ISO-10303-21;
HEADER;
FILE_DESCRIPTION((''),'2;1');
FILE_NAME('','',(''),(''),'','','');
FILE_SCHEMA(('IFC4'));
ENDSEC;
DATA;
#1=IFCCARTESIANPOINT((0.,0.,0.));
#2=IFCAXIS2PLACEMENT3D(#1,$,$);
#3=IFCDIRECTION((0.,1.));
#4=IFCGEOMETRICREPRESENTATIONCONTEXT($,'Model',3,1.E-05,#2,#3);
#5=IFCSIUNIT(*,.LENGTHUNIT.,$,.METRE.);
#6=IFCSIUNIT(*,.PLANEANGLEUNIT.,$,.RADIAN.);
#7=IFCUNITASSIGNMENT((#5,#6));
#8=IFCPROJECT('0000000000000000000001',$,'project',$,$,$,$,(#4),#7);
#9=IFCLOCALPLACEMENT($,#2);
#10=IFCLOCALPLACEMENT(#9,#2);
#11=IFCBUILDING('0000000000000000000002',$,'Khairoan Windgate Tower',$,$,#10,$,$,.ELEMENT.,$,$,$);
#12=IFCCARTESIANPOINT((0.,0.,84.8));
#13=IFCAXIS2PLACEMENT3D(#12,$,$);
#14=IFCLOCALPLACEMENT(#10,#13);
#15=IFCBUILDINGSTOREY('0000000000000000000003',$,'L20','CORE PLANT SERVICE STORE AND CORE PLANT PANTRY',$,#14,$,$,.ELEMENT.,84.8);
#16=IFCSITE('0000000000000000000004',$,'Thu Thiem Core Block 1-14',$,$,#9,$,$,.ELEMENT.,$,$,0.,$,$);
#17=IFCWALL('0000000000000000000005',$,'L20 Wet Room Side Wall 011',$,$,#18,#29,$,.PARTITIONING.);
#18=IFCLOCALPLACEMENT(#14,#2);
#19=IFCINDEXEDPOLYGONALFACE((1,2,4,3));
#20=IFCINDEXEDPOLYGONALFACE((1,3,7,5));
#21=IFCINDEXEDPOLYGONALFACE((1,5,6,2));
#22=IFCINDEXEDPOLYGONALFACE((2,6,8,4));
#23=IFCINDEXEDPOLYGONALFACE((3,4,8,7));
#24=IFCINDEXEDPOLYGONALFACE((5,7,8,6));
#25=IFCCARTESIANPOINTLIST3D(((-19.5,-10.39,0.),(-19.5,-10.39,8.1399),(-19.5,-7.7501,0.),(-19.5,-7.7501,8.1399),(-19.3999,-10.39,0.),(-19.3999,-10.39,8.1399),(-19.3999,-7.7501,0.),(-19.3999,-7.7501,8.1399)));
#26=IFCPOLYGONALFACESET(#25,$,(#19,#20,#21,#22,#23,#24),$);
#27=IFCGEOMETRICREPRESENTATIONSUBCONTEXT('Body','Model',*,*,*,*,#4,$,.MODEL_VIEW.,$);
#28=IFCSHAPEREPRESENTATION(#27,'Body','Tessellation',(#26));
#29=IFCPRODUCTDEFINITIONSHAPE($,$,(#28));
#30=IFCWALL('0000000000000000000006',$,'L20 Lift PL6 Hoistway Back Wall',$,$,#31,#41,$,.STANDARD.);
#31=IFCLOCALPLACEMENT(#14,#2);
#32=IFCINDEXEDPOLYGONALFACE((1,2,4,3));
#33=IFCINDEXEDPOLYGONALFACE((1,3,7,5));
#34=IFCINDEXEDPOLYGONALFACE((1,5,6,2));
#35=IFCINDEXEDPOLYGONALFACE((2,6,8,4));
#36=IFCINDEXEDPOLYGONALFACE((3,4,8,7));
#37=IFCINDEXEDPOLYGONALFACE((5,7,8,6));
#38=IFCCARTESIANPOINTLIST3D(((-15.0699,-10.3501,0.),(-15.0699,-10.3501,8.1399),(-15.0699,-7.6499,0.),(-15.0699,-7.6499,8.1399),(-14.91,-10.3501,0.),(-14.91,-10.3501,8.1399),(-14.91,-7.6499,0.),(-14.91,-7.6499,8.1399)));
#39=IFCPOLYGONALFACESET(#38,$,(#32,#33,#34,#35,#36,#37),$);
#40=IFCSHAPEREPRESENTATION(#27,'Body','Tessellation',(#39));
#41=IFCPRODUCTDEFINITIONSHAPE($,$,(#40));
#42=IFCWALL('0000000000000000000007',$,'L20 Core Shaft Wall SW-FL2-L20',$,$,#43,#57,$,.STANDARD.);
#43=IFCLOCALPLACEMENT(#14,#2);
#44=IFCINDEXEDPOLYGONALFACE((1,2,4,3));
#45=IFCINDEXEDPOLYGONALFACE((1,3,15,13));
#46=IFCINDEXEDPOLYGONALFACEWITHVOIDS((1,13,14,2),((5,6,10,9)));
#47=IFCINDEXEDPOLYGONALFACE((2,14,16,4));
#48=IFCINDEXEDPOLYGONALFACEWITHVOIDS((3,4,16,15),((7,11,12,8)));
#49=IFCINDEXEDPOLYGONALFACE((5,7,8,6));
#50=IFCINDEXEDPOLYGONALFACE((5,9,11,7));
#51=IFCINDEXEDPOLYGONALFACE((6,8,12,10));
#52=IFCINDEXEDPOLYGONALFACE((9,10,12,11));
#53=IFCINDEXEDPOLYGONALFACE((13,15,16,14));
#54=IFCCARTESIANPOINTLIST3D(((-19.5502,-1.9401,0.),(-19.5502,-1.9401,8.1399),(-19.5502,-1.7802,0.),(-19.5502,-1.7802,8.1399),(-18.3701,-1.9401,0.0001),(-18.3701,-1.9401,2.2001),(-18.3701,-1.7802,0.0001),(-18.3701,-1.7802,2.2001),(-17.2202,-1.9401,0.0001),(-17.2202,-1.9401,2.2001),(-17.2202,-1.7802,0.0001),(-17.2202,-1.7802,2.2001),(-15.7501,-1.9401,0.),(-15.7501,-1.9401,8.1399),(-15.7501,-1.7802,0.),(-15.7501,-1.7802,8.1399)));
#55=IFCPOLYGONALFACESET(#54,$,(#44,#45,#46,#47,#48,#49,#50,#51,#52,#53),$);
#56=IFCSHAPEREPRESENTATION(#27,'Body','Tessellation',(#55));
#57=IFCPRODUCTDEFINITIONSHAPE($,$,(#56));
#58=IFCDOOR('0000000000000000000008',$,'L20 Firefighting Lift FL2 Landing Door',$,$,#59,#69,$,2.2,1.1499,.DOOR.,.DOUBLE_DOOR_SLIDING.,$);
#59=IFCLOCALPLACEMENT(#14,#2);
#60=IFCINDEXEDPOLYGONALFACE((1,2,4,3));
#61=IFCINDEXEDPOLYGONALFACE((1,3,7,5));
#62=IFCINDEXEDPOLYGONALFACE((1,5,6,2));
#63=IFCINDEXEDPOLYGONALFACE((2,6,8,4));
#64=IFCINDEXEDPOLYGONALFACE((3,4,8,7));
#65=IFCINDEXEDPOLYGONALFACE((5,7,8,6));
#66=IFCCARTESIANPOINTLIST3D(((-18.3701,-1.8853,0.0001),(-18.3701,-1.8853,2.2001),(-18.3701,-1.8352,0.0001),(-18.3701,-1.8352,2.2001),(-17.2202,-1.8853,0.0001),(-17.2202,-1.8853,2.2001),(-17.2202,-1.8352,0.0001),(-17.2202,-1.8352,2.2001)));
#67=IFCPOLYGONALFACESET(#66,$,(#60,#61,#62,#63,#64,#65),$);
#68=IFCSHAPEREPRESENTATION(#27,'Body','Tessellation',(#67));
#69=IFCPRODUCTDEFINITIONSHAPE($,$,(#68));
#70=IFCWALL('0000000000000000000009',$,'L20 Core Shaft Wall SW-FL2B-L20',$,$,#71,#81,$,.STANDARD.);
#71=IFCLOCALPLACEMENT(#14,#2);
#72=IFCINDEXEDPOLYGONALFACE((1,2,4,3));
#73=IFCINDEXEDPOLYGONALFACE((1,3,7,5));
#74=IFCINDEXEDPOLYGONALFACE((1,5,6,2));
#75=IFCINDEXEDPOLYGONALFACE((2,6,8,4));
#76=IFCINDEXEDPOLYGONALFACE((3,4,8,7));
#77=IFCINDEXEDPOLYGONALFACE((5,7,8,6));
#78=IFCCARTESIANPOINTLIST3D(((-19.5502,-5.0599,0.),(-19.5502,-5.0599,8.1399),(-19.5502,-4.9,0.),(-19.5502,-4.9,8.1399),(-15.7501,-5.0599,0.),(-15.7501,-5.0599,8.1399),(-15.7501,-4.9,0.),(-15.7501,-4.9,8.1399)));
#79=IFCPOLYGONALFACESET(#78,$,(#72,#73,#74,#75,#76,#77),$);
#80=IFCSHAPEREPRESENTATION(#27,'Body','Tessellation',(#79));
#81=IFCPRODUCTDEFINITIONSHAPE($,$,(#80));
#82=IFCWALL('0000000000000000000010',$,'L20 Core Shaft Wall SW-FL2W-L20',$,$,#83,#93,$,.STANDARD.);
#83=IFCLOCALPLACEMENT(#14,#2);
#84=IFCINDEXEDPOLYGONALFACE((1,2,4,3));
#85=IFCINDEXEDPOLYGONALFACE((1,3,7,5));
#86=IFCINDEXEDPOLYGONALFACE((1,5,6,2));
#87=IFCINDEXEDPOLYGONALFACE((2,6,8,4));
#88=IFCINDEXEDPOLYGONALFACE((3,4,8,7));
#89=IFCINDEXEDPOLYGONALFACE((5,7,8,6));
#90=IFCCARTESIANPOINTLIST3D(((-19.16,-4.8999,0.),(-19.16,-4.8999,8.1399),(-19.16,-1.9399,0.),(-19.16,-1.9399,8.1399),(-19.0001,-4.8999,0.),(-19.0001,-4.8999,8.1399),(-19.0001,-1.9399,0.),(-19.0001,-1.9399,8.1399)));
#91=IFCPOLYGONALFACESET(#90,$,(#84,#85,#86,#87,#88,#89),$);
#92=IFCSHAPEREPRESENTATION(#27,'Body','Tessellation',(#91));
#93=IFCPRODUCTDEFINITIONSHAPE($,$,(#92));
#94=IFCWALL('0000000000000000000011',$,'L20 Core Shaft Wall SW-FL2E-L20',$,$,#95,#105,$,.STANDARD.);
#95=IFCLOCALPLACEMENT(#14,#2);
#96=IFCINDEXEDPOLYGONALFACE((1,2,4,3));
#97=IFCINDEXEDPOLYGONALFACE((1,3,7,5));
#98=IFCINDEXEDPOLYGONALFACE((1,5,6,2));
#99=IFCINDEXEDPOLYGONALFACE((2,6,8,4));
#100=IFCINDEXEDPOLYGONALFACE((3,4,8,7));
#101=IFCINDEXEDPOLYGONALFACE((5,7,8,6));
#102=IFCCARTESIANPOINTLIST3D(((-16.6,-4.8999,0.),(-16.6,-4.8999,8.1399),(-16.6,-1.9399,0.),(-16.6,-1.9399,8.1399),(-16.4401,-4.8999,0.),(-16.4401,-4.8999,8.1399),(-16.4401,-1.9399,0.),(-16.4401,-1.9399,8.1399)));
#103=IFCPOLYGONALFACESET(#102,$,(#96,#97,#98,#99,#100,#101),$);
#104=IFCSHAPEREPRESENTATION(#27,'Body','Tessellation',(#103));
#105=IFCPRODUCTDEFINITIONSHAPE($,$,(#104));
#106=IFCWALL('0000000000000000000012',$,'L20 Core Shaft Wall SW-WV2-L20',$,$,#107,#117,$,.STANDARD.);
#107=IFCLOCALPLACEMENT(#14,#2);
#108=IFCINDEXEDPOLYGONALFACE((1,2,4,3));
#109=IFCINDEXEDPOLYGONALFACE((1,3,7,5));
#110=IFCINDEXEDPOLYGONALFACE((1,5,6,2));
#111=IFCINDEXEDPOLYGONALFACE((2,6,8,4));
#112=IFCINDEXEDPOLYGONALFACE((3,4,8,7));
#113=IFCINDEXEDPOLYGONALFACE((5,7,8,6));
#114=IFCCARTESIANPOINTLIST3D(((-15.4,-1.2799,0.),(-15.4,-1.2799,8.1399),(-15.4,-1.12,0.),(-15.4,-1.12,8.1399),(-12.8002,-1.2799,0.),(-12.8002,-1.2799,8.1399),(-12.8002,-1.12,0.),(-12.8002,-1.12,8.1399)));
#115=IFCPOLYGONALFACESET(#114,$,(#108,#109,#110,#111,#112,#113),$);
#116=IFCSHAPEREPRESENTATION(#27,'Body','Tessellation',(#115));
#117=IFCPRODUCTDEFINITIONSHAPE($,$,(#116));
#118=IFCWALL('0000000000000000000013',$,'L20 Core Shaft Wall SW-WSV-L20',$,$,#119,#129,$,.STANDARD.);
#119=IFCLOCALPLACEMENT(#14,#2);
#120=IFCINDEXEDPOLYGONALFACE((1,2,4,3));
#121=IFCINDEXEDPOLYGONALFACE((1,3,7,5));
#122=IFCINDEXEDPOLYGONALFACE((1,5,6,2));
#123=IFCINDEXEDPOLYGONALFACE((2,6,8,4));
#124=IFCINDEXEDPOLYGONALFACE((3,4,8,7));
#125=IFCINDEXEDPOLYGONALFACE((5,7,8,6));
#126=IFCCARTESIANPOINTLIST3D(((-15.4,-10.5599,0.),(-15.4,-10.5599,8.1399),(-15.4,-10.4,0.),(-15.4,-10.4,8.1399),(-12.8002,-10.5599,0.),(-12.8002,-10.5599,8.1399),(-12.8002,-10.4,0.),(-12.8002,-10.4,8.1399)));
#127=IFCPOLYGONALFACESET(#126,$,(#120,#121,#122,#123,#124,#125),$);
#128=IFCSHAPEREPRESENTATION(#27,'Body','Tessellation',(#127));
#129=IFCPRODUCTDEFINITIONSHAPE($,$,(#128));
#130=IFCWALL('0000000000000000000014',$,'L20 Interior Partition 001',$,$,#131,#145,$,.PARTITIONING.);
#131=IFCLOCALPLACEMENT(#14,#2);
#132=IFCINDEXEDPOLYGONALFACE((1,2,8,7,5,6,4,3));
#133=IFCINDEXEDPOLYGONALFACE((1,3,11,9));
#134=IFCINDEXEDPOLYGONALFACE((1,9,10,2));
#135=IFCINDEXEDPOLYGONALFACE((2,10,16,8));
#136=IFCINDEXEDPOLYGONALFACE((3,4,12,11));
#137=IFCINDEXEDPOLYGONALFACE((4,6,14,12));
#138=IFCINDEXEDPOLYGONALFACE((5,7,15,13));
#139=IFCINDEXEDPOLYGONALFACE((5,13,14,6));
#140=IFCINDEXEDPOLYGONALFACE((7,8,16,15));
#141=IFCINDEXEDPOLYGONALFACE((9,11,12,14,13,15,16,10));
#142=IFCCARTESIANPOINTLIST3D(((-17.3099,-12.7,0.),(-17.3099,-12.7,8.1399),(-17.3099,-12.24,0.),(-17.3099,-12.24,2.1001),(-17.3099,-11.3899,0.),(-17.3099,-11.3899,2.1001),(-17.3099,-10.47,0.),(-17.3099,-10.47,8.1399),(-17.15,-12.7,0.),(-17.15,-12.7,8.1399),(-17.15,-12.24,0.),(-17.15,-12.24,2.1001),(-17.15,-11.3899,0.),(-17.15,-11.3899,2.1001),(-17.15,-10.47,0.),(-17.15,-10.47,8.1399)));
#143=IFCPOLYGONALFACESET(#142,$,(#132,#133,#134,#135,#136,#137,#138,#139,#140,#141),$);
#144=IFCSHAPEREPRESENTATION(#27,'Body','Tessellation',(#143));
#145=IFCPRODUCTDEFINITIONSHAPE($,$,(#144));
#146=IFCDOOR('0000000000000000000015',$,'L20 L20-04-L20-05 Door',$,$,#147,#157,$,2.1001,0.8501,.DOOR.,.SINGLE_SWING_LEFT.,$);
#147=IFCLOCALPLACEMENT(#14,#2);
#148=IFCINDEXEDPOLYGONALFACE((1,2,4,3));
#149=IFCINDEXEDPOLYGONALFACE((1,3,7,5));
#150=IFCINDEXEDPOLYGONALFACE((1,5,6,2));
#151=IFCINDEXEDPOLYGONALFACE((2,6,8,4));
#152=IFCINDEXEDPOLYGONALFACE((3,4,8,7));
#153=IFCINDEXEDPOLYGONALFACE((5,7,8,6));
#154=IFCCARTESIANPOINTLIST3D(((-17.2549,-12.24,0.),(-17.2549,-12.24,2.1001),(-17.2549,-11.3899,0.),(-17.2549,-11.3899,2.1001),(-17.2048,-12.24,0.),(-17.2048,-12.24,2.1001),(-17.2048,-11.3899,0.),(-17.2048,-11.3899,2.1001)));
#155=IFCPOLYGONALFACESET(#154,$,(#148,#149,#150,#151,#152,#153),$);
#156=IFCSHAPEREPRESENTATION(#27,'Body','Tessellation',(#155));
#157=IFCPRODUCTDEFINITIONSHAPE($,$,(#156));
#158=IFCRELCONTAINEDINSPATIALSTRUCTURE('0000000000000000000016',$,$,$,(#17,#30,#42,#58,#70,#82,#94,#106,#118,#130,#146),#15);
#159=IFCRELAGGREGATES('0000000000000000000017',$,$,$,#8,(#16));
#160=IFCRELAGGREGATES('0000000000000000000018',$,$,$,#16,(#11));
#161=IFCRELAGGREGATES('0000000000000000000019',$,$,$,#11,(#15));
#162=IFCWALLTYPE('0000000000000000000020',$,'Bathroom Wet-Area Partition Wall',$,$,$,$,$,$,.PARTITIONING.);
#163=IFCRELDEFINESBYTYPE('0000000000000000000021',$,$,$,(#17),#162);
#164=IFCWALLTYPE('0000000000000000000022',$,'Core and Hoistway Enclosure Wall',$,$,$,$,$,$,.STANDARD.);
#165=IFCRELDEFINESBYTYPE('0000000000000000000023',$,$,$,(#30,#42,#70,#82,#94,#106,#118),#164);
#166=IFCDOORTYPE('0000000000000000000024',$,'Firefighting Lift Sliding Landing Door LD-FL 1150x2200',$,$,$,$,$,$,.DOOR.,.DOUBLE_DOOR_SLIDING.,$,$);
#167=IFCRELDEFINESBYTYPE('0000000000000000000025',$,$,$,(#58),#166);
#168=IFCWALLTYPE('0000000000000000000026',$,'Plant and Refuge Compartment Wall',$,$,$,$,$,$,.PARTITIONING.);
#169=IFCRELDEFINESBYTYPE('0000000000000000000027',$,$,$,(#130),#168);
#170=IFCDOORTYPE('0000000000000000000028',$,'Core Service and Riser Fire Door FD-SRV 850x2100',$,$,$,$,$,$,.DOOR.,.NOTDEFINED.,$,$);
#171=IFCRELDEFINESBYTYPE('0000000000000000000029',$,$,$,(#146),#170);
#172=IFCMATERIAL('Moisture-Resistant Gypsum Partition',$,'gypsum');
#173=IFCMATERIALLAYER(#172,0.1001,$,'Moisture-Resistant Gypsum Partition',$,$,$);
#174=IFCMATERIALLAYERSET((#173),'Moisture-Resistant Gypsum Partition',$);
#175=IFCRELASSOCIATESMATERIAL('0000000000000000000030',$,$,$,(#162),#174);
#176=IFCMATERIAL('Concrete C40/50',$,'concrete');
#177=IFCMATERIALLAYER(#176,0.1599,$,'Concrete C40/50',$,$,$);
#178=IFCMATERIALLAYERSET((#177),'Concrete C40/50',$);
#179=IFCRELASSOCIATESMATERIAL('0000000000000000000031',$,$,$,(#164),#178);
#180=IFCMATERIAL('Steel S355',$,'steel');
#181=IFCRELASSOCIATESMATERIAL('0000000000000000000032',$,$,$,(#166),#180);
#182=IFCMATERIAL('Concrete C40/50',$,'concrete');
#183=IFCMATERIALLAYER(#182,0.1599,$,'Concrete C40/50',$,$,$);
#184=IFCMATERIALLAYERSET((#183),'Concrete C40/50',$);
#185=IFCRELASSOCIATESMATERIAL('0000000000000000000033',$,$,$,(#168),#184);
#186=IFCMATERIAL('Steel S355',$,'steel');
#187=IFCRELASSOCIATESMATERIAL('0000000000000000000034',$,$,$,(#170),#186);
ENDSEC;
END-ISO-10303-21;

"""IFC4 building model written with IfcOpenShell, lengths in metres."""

from ifc_helpers import new_model, si_unit, direction, frame, frame_2d, origin, place, context, subcontext, project, spatial, rectangle, extrude, material, layer, layer_set, type_object, element, fill, save


model = new_model("IFC4")

# Units and contexts
model_context = context("Model", 3, precision=1e-05, world=origin(), true_north=direction((0.0, 1.0)))
body_context = subcontext(model_context, "Body", "Model", "MODEL_VIEW")
ifc_project = project(units=[si_unit("LENGTHUNIT", "METRE"), si_unit("PLANEANGLEUNIT", "RADIAN")], contexts=[model_context])

# Site, building, storey
site_placement = place(None, origin())
site = spatial("IfcSite", under=ifc_project, at=site_placement, Name="Thu Thiem Core Block 1-14", CompositionType="ELEMENT", RefElevation=0.0)
building_placement = place(site_placement, origin())
building = spatial("IfcBuilding", under=site, at=building_placement, Name="Khairoan Windgate Tower", CompositionType="ELEMENT")
storey_placement = place(building_placement, frame((0.0, 0.0, 84.8)))
storey = spatial("IfcBuildingStorey", under=building, at=storey_placement, Name="L20", Description="CORE PLANT SERVICE STORE AND CORE PLANT PANTRY", CompositionType="ELEMENT", Elevation=84.8)

# Walls
ifc_material_1 = material(Name="Moisture-Resistant Gypsum Partition", Category="gypsum")
ifc_layer_1 = layer(ifc_material_1, 0.1001, Name="Moisture-Resistant Gypsum Partition")
ifc_layer_set_1 = layer_set([ifc_layer_1], Name="Moisture-Resistant Gypsum Partition")
wall_type_1 = type_object("IfcWallType", Name="Bathroom Wet-Area Partition Wall", PredefinedType="PARTITIONING", material=ifc_layer_set_1)
wall_1_placement = place(storey_placement, frame((-19.45, -10.3899, 0.0), z_axis=(0.0, 0.0, 1.0), x_axis=(0.0, 1.0, 0.0)))
element("IfcWall", 1, at=wall_1_placement, inside=storey, type_object=wall_type_1, Name="L20 Wet Room Side Wall 011", PredefinedType="PARTITIONING", context=body_context, shape_type="SweptSolid", body=[
    extrude(rectangle(XDim=2.6399, YDim=0.1001, at=frame_2d((1.3198, 0.0))), origin(), (0.0, 0.0, 1.0), 8.1399),
])
ifc_material_2 = material(Name="Concrete C40/50", Category="concrete")
ifc_layer_2 = layer(ifc_material_2, 0.1599, Name="Concrete C40/50")
ifc_layer_set_2 = layer_set([ifc_layer_2], Name="Concrete C40/50")
wall_type_2 = type_object("IfcWallType", Name="Core and Hoistway Enclosure Wall", PredefinedType="STANDARD", material=ifc_layer_set_2)
wall_2_placement = place(storey_placement, frame((-14.99, -10.3501, 0.0), z_axis=(0.0, 0.0, 1.0), x_axis=(0.0, 1.0, 0.0)))
element("IfcWall", 2, at=wall_2_placement, inside=storey, type_object=wall_type_2, Name="L20 Lift PL6 Hoistway Back Wall", PredefinedType="STANDARD", context=body_context, shape_type="SweptSolid", body=[
    extrude(rectangle(XDim=2.7002, YDim=0.1599, at=frame_2d((1.3501, 0.0))), origin(), (0.0, 0.0, 1.0), 8.1399),
])

# Wall, opening, door
wall_3_placement = place(storey_placement, frame((-19.55, -1.8601, 0.0), z_axis=(0.0, 0.0, 1.0), x_axis=(1.0, 0.0, 0.0)))
wall_3 = element("IfcWall", 3, at=wall_3_placement, inside=storey, type_object=wall_type_2, Name="L20 Core Shaft Wall SW-FL2-L20", PredefinedType="STANDARD", context=body_context, shape_type="SweptSolid", body=[
    extrude(rectangle(XDim=3.8, YDim=0.1599, at=frame_2d((1.8999, 0.0))), origin(), (0.0, 0.0, 1.0), 8.1399),
])
opening_1_placement = place(wall_3_placement, frame((1.1799, 0.0, 0.0)))
opening_1 = element("IfcOpeningElement", 4, at=opening_1_placement, cuts=wall_3, PredefinedType="OPENING", context=body_context, shape_type="SweptSolid", body=[
    extrude(rectangle(XDim=1.1499, YDim=2.2, at=frame_2d((0.575, 1.1001))), frame((0.0, 0.0898, 0.0), z_axis=(0.0, -1.0, 0.0), x_axis=(1.0, 0.0, 0.0)), (0.0, 0.0, 1.0), 0.1799),
])
ifc_material_3 = material(Name="Steel S355", Category="steel")
door_type_1 = type_object("IfcDoorType", Name="Firefighting Lift Sliding Landing Door LD-FL 1150x2200", OperationType="DOUBLE_DOOR_SLIDING", PredefinedType="DOOR", material=ifc_material_3)
door_1_placement = place(opening_1_placement, origin())
door_1 = element("IfcDoor", 5, at=door_1_placement, inside=storey, type_object=door_type_1, Name="L20 Firefighting Lift FL2 Landing Door", OperationType="DOUBLE_DOOR_SLIDING", OverallHeight=2.2, OverallWidth=1.1499, PredefinedType="DOOR", context=body_context, shape_type="SweptSolid", body=[
    extrude(rectangle(XDim=1.1499, YDim=2.2, at=frame_2d((0.575, 1.1001))), frame((0.0, 0.0249, 0.0), z_axis=(0.0, -1.0, 0.0), x_axis=(1.0, 0.0, 0.0)), (0.0, 0.0, 1.0), 0.05),
])
fill(opening_1, door_1)

# Walls
wall_4_placement = place(storey_placement, frame((-19.55, -4.98, 0.0), z_axis=(0.0, 0.0, 1.0), x_axis=(1.0, 0.0, 0.0)))
element("IfcWall", 6, at=wall_4_placement, inside=storey, type_object=wall_type_2, Name="L20 Core Shaft Wall SW-FL2B-L20", PredefinedType="STANDARD", context=body_context, shape_type="SweptSolid", body=[
    extrude(rectangle(XDim=3.8, YDim=0.1599, at=frame_2d((1.8999, 0.0))), origin(), (0.0, 0.0, 1.0), 8.1399),
])
for number, where, z_axis, x_axis, name in (
    (7, (-19.0801, -4.8999, 0.0), (0.0, 0.0, 1.0), (0.0, 1.0, 0.0), "L20 Core Shaft Wall SW-FL2W-L20"),
    (8, (-16.52, -4.8999, 0.0), (0.0, 0.0, 1.0), (0.0, 1.0, 0.0), "L20 Core Shaft Wall SW-FL2E-L20"),
):
    element("IfcWall", number, at=place(storey_placement, frame(where, z_axis=z_axis, x_axis=x_axis)), inside=storey, type_object=wall_type_2, Name=name, PredefinedType="STANDARD", context=body_context, shape_type="SweptSolid", body=[
        extrude(rectangle(XDim=2.96, YDim=0.1599, at=frame_2d((1.48, 0.0))), origin(), (0.0, 0.0, 1.0), 8.1399),
    ])
for number, where, z_axis, x_axis, name in (
    (9, (-15.3999, -1.2, 0.0), (0.0, 0.0, 1.0), (1.0, 0.0, 0.0), "L20 Core Shaft Wall SW-WV2-L20"),
    (10, (-15.3999, -10.48, 0.0), (0.0, 0.0, 1.0), (1.0, 0.0, 0.0), "L20 Core Shaft Wall SW-WSV-L20"),
):
    element("IfcWall", number, at=place(storey_placement, frame(where, z_axis=z_axis, x_axis=x_axis)), inside=storey, type_object=wall_type_2, Name=name, PredefinedType="STANDARD", context=body_context, shape_type="SweptSolid", body=[
        extrude(rectangle(XDim=2.5999, YDim=0.1599, at=frame_2d((1.2998, 0.0))), origin(), (0.0, 0.0, 1.0), 8.1399),
    ])

# Wall, opening, door
ifc_material_4 = material(Name="Concrete C40/50", Category="concrete")
ifc_layer_3 = layer(ifc_material_4, 0.1599, Name="Concrete C40/50")
ifc_layer_set_3 = layer_set([ifc_layer_3], Name="Concrete C40/50")
wall_type_3 = type_object("IfcWallType", Name="Plant and Refuge Compartment Wall", PredefinedType="PARTITIONING", material=ifc_layer_set_3)
wall_5_placement = place(storey_placement, frame((-17.23, -12.7, 0.0), z_axis=(0.0, 0.0, 1.0), x_axis=(0.0, 1.0, 0.0)))
wall_5 = element("IfcWall", 11, at=wall_5_placement, inside=storey, type_object=wall_type_3, Name="L20 Interior Partition 001", PredefinedType="PARTITIONING", context=body_context, shape_type="SweptSolid", body=[
    extrude(rectangle(XDim=2.23, YDim=0.1599, at=frame_2d((1.115, 0.0))), origin(), (0.0, 0.0, 1.0), 8.1399),
])
opening_2_placement = place(wall_5_placement, frame((0.46, 0.0, 0.0)))
opening_2 = element("IfcOpeningElement", 12, at=opening_2_placement, cuts=wall_5, PredefinedType="OPENING", context=body_context, shape_type="SweptSolid", body=[
    extrude(rectangle(XDim=0.8501, YDim=2.1001, at=frame_2d((0.425, 1.05))), frame((0.0, 0.0898, 0.0), z_axis=(0.0, -1.0, 0.0), x_axis=(1.0, 0.0, 0.0)), (0.0, 0.0, 1.0), 0.1799),
])
ifc_material_5 = material(Name="Steel S355", Category="steel")
door_type_2 = type_object("IfcDoorType", Name="Core Service and Riser Fire Door FD-SRV 850x2100", OperationType="NOTDEFINED", PredefinedType="DOOR", material=ifc_material_5)
door_2_placement = place(opening_2_placement, origin())
door_2 = element("IfcDoor", 13, at=door_2_placement, inside=storey, type_object=door_type_2, Name="L20 L20-04-L20-05 Door", OperationType="SINGLE_SWING_LEFT", OverallHeight=2.1001, OverallWidth=0.8501, PredefinedType="DOOR", context=body_context, shape_type="SweptSolid", body=[
    extrude(rectangle(XDim=0.8501, YDim=2.1001, at=frame_2d((0.425, 1.05))), frame((0.0, 0.0249, 0.0), z_axis=(0.0, -1.0, 0.0), x_axis=(1.0, 0.0, 0.0)), (0.0, 0.0, 1.0), 0.05),
])
fill(opening_2, door_2)

save(model, "model.ifc")
